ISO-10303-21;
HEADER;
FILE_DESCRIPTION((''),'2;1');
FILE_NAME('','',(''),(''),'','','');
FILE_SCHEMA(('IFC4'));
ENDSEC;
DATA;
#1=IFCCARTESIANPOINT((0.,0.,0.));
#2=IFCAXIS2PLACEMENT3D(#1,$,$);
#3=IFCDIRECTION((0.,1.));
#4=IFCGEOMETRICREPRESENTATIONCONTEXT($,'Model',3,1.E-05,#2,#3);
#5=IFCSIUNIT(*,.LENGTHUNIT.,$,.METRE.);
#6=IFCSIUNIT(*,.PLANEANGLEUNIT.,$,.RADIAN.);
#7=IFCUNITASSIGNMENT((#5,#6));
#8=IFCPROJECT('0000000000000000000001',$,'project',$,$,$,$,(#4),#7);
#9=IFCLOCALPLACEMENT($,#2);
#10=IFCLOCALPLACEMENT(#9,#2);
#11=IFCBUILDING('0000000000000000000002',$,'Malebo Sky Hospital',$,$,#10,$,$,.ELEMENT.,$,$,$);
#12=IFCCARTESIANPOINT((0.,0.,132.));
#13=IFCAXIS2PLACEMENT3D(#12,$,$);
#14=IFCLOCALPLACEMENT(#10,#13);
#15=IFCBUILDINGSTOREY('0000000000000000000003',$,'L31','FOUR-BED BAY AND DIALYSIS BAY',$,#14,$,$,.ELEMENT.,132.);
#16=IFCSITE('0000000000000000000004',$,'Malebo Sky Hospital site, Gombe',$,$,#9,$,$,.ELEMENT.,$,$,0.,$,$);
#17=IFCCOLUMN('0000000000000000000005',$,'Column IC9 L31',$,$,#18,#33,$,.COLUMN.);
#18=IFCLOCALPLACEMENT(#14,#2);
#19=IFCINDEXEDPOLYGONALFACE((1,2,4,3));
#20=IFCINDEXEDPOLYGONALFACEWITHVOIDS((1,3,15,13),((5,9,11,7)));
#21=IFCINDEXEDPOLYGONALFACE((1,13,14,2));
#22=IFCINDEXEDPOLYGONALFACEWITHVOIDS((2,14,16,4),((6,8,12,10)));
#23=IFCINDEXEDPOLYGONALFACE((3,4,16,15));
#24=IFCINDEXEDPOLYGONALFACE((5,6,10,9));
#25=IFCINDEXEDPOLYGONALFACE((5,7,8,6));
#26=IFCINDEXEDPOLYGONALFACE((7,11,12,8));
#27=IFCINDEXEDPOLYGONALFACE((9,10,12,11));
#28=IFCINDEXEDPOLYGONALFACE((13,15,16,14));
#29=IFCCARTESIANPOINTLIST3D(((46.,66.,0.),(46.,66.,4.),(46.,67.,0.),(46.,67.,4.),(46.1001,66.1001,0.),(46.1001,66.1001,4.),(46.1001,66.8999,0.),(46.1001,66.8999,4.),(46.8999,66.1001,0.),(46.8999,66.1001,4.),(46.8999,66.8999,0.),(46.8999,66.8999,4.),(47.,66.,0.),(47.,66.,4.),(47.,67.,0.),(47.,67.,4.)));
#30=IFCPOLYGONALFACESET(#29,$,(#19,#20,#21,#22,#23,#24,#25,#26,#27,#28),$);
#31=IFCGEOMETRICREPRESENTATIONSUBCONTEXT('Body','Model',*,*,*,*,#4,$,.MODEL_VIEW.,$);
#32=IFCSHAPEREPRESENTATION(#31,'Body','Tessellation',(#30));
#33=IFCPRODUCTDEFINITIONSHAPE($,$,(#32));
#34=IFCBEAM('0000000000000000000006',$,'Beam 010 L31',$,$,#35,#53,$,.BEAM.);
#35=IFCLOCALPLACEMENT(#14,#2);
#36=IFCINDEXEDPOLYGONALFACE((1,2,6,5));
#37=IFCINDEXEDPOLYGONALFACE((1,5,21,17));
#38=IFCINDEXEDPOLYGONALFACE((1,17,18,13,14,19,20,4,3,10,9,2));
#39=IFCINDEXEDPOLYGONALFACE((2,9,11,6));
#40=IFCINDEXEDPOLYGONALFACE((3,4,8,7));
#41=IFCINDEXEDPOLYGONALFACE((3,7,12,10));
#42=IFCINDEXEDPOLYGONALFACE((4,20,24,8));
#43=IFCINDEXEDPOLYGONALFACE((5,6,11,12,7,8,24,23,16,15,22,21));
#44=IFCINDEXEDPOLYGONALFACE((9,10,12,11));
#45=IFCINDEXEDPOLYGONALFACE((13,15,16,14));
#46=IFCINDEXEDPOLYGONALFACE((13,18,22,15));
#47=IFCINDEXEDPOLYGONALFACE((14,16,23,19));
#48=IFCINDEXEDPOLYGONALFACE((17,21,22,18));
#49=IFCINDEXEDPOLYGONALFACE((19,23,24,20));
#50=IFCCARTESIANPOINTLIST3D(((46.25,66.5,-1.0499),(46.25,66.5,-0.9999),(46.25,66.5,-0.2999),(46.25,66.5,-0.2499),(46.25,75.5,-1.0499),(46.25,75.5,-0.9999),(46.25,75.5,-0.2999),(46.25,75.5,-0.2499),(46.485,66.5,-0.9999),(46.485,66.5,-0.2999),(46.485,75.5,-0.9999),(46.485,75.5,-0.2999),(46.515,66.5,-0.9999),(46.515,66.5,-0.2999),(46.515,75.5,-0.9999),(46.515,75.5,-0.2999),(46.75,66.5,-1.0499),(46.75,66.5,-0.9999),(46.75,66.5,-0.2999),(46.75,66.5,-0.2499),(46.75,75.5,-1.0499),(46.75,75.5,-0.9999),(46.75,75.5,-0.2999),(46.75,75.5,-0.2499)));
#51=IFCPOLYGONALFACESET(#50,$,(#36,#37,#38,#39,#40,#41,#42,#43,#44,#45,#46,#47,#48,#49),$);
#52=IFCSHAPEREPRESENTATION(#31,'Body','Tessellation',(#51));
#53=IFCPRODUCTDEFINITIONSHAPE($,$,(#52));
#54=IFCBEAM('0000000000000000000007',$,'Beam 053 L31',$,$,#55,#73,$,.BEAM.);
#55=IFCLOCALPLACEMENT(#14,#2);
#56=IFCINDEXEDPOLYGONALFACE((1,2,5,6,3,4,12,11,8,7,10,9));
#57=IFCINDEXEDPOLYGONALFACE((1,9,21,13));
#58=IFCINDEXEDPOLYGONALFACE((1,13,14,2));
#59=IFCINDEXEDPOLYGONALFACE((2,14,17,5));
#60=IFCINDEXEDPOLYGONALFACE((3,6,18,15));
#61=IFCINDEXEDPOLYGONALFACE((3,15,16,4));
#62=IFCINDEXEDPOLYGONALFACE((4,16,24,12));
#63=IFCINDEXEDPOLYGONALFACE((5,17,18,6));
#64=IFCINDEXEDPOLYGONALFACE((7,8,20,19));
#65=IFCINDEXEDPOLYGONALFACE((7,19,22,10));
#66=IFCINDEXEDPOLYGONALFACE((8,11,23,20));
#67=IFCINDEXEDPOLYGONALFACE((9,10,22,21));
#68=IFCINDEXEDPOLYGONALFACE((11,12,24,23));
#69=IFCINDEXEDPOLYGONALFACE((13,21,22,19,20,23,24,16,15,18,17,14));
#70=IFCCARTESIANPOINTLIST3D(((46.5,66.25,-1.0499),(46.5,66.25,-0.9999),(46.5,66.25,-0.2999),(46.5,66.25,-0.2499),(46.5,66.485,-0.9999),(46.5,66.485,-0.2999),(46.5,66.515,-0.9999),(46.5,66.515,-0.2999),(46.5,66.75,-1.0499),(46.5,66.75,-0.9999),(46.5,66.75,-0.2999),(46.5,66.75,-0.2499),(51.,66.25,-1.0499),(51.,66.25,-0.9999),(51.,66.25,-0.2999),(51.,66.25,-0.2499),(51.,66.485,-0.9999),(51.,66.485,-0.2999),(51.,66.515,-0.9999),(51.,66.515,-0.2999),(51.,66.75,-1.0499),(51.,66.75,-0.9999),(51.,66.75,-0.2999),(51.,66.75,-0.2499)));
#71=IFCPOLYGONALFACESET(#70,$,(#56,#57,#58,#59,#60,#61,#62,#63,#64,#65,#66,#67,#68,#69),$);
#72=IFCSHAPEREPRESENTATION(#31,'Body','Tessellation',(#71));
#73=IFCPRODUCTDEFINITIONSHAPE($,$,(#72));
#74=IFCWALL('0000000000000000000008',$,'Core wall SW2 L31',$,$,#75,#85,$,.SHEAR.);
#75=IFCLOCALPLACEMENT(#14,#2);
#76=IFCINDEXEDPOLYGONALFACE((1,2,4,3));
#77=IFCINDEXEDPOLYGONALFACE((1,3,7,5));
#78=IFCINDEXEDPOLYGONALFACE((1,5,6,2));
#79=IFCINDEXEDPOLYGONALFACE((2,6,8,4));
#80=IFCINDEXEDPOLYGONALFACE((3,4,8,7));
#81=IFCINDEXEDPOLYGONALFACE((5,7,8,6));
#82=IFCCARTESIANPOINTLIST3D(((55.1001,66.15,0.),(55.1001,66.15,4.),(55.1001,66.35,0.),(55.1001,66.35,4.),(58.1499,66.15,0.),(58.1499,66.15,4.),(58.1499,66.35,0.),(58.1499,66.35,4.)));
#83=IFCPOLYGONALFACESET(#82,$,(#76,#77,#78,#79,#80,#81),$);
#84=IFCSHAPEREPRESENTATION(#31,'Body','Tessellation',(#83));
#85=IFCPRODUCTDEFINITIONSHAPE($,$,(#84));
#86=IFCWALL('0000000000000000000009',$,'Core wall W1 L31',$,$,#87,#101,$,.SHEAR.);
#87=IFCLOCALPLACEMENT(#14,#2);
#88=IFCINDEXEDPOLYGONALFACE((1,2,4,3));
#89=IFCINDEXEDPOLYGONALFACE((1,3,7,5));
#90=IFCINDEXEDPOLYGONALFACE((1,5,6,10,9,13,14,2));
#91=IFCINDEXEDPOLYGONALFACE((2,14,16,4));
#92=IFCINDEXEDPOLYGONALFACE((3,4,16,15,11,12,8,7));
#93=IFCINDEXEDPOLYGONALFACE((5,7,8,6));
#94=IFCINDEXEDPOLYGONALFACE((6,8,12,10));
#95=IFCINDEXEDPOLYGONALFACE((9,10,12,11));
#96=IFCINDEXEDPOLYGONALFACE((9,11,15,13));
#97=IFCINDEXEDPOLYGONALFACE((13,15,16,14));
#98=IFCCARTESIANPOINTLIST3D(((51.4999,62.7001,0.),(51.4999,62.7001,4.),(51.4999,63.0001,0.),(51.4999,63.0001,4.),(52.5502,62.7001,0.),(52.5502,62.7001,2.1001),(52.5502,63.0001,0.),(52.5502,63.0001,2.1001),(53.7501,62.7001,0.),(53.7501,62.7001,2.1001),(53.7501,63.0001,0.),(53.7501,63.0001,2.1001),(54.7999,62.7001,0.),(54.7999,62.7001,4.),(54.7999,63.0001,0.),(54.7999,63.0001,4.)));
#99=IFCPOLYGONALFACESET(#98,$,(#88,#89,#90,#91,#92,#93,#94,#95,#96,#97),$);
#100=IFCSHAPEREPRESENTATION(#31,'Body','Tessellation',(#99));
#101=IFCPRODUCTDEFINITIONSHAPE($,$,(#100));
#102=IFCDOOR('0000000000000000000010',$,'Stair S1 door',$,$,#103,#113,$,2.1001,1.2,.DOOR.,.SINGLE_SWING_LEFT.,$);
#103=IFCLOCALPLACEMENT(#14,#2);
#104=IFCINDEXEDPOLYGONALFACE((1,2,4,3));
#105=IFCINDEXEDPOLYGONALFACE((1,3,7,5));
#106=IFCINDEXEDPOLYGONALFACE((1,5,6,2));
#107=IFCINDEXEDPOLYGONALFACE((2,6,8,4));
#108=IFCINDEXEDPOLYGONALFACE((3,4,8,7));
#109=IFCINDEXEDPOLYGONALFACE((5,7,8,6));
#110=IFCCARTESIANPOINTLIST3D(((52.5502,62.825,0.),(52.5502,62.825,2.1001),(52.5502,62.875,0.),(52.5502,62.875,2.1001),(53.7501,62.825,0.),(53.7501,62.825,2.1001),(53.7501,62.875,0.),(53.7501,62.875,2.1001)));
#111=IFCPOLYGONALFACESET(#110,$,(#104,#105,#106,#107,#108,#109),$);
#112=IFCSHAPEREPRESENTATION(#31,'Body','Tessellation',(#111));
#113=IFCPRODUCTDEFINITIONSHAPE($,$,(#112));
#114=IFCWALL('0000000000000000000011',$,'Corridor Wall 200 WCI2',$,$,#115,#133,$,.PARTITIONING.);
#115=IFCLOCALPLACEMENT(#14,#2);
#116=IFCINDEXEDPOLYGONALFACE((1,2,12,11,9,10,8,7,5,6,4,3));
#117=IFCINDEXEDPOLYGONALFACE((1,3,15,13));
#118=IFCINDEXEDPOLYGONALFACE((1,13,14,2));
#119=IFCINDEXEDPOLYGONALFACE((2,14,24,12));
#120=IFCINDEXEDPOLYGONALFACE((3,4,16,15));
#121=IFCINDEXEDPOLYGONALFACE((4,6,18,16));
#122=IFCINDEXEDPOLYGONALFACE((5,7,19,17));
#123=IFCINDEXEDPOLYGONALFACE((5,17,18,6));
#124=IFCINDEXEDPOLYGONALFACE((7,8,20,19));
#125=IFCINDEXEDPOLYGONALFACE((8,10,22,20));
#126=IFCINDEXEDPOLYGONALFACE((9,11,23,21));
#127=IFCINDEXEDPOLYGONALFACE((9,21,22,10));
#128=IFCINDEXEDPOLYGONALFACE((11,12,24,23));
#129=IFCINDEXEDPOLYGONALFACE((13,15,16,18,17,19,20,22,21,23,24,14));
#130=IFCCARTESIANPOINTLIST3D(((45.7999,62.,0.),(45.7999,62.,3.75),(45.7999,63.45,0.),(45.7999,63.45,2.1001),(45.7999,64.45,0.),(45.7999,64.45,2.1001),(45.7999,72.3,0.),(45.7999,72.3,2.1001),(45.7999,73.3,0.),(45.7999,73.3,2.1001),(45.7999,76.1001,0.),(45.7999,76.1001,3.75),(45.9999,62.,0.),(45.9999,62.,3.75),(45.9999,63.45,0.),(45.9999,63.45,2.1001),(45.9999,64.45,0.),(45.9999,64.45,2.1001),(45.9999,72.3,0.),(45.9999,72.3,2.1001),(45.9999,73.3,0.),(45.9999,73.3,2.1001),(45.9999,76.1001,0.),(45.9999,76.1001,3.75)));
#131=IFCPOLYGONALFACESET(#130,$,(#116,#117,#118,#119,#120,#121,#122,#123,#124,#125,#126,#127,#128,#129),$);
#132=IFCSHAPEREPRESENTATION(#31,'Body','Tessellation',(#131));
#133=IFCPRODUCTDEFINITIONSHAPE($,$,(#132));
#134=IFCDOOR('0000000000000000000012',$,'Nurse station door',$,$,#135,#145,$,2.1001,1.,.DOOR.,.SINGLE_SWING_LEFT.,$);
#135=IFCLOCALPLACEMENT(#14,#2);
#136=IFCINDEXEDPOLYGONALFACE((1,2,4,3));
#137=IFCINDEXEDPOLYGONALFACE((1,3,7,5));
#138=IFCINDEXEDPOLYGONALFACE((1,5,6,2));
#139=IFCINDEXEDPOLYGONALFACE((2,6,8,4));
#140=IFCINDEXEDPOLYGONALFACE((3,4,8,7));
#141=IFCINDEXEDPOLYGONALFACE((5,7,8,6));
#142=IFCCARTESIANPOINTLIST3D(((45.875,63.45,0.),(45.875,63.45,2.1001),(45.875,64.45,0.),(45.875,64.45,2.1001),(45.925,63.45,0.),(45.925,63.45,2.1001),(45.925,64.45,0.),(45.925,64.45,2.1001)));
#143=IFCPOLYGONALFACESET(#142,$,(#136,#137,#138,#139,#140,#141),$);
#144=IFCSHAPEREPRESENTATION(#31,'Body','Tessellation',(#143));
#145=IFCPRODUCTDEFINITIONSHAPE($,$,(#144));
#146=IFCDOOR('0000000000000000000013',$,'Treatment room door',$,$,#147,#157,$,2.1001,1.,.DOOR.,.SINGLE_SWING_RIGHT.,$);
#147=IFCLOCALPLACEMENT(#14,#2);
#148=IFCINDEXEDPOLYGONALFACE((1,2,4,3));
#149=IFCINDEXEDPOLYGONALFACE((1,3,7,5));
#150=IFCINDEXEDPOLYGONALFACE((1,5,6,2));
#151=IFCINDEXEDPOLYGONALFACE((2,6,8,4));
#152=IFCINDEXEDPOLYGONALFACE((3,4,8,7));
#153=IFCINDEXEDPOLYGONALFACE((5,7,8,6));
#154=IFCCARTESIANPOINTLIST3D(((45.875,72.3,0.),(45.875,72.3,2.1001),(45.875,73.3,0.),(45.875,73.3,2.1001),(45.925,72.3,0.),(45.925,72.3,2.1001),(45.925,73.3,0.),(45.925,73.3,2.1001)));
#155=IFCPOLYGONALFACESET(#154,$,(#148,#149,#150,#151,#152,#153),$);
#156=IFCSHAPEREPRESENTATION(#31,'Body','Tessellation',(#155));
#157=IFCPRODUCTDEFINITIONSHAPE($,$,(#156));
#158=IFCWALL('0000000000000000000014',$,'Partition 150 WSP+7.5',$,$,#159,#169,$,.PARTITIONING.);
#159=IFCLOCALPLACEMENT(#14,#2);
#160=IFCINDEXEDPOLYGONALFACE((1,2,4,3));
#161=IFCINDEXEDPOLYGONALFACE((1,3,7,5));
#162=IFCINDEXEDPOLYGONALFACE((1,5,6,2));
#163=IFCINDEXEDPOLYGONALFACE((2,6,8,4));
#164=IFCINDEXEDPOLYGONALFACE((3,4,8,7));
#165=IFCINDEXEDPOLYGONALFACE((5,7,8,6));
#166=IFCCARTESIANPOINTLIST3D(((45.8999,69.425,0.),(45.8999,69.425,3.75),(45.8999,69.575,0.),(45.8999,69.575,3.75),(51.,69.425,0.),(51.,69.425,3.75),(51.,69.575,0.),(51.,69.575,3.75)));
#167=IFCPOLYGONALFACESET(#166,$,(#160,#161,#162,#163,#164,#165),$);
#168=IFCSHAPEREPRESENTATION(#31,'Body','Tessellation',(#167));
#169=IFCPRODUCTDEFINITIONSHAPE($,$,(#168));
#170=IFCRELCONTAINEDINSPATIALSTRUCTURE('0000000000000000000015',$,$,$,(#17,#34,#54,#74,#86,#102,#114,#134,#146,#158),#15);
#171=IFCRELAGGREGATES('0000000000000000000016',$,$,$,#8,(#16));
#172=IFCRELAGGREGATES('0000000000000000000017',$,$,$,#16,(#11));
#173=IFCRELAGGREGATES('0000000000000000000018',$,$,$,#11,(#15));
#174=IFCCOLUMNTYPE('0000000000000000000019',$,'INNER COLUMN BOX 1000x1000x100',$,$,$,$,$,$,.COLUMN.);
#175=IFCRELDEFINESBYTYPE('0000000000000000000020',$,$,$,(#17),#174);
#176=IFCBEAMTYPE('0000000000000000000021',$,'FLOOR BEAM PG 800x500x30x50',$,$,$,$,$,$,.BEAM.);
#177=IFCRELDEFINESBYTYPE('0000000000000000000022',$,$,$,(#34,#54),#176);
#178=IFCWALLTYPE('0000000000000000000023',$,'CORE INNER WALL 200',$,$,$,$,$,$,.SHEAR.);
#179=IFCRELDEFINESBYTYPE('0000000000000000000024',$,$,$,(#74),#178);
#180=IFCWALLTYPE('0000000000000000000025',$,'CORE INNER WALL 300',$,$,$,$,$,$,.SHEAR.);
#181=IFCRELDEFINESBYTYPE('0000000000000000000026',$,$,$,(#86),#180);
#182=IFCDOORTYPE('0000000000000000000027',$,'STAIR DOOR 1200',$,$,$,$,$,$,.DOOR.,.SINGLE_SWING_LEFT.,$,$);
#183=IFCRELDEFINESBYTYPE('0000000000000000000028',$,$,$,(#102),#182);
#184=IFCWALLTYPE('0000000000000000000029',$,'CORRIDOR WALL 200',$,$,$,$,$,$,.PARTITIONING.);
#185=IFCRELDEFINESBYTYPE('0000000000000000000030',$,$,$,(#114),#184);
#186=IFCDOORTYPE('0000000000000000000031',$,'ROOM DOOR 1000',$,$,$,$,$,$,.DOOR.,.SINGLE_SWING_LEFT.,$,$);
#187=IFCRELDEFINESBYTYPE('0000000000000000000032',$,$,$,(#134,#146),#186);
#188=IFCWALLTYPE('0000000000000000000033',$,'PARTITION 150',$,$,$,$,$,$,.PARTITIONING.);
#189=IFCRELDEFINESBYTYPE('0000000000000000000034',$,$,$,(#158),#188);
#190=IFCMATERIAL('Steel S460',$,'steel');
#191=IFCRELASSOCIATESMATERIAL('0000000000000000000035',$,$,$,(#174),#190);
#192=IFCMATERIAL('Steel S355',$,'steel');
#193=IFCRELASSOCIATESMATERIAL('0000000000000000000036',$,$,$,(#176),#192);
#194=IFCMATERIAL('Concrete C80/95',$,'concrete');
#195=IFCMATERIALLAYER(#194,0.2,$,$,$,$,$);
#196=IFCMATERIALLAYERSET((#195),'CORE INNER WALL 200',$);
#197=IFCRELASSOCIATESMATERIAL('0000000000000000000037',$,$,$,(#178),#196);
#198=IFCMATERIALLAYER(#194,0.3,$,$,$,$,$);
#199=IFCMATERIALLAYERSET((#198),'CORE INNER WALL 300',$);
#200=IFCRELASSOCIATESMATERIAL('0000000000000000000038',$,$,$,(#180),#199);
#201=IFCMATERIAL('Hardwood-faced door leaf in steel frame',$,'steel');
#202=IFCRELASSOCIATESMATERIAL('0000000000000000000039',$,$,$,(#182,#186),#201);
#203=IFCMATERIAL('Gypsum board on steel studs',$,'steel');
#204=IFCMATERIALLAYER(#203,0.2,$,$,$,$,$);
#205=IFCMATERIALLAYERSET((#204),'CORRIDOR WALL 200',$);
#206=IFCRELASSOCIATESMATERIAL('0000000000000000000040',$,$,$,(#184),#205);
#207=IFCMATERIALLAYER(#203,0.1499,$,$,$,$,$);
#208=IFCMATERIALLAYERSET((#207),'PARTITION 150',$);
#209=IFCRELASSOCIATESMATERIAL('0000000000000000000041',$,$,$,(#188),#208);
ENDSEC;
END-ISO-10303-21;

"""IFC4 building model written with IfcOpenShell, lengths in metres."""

from ifc_helpers import new_model, si_unit, direction, frame, frame_2d, origin, origin_2d, place, context, subcontext, project, spatial, rectangle, hollow_rectangle, i_section, extrude, material, layer, layer_set, material_profile, profile_set, type_object, element, fill, save


model = new_model("IFC4")

# Units and contexts
model_context = context("Model", 3, precision=1e-05, world=origin(), true_north=direction((0.0, 1.0)))
body_context = subcontext(model_context, "Body", "Model", "MODEL_VIEW")
ifc_project = project(units=[si_unit("LENGTHUNIT", "METRE"), si_unit("PLANEANGLEUNIT", "RADIAN")], contexts=[model_context])

# Site, building, storey
site_placement = place(None, origin())
site = spatial("IfcSite", under=ifc_project, at=site_placement, Name="Malebo Sky Hospital site, Gombe", CompositionType="ELEMENT", RefElevation=0.0)
building_placement = place(site_placement, origin())
building = spatial("IfcBuilding", under=site, at=building_placement, Name="Malebo Sky Hospital", CompositionType="ELEMENT")
storey_placement = place(building_placement, frame((0.0, 0.0, 132.0)))
storey = spatial("IfcBuildingStorey", under=building, at=storey_placement, Name="L31", Description="FOUR-BED BAY AND DIALYSIS BAY", CompositionType="ELEMENT", Elevation=132.0)

# Column
ifc_material_1 = material(Name="Steel S460", Category="steel")
ifc_material_profile_1 = material_profile(ifc_material_1, hollow_rectangle(XDim=1.0, YDim=1.0, WallThickness=0.1001, at=origin_2d()), Name="BOX 1000x1000x100")
ifc_profile_set_1 = profile_set([ifc_material_profile_1], Name="Steel S460")
column_type = type_object("IfcColumnType", Name="INNER COLUMN BOX 1000x1000x100", PredefinedType="COLUMN", material=ifc_profile_set_1)
column_placement = place(storey_placement, frame((46.5, 66.5, 0.0), z_axis=(0.0, 0.0, 1.0), x_axis=(1.0, 0.0, 0.0)))
element("IfcColumn", 1, at=column_placement, inside=storey, type_object=column_type, Name="Column IC9 L31", PredefinedType="COLUMN", context=body_context, shape_type="SweptSolid", body=[
    extrude(hollow_rectangle(XDim=1.0, YDim=1.0, WallThickness=0.1001, at=origin_2d()), origin(), (0.0, 0.0, 1.0), 4.0),
])

# Beams
ifc_material_2 = material(Name="Steel S355", Category="steel")
ifc_material_profile_2 = material_profile(ifc_material_2, i_section(OverallWidth=0.5, OverallDepth=0.8, WebThickness=0.03, FlangeThickness=0.05, at=origin_2d()), Name="PG 800x500x30x50")
ifc_profile_set_2 = profile_set([ifc_material_profile_2], Name="Steel S355")
beam_type = type_object("IfcBeamType", Name="FLOOR BEAM PG 800x500x30x50", PredefinedType="BEAM", material=ifc_profile_set_2)
beam_1_placement = place(storey_placement, frame((46.5, 66.5, -0.6499), z_axis=(0.0, 1.0, 0.0), x_axis=(-1.0, 0.0, 0.0)))
element("IfcBeam", 2, at=beam_1_placement, inside=storey, type_object=beam_type, Name="Beam 010 L31", PredefinedType="BEAM", context=body_context, shape_type="SweptSolid", body=[
    extrude(i_section(OverallWidth=0.5, OverallDepth=0.8, WebThickness=0.03, FlangeThickness=0.05, at=origin_2d()), origin(), (0.0, 0.0, 1.0), 9.0),
])
beam_2_placement = place(storey_placement, frame((46.5, 66.5, -0.6499), z_axis=(1.0, 0.0, 0.0), x_axis=(0.0, 1.0, 0.0)))
element("IfcBeam", 3, at=beam_2_placement, inside=storey, type_object=beam_type, Name="Beam 053 L31", PredefinedType="BEAM", context=body_context, shape_type="SweptSolid", body=[
    extrude(i_section(OverallWidth=0.5, OverallDepth=0.8, WebThickness=0.03, FlangeThickness=0.05, at=origin_2d()), origin(), (0.0, 0.0, 1.0), 4.5),
])

# Wall
ifc_material_3 = material(Name="Concrete C80/95", Category="concrete")
ifc_layer_1 = layer(ifc_material_3, 0.2)
ifc_layer_set_1 = layer_set([ifc_layer_1], Name="CORE INNER WALL 200")
wall_type_1 = type_object("IfcWallType", Name="CORE INNER WALL 200", PredefinedType="SHEAR", material=ifc_layer_set_1)
wall_1_placement = place(storey_placement, frame((55.1001, 66.25, 0.0), z_axis=(0.0, 0.0, 1.0), x_axis=(1.0, 0.0, 0.0)))
element("IfcWall", 4, at=wall_1_placement, inside=storey, type_object=wall_type_1, Name="Core wall SW2 L31", PredefinedType="SHEAR", context=body_context, shape_type="SweptSolid", body=[
    extrude(rectangle(XDim=3.0498, YDim=0.2, at=frame_2d((1.5249, 0.0))), origin(), (0.0, 0.0, 1.0), 4.0),
])

# Wall, opening, door
ifc_layer_2 = layer(ifc_material_3, 0.3)
ifc_layer_set_2 = layer_set([ifc_layer_2], Name="CORE INNER WALL 300")
wall_type_2 = type_object("IfcWallType", Name="CORE INNER WALL 300", PredefinedType="SHEAR", material=ifc_layer_set_2)
wall_2_placement = place(storey_placement, frame((51.5, 62.8501, 0.0), z_axis=(0.0, 0.0, 1.0), x_axis=(1.0, 0.0, 0.0)))
wall_2 = element("IfcWall", 5, at=wall_2_placement, inside=storey, type_object=wall_type_2, Name="Core wall W1 L31", PredefinedType="SHEAR", context=body_context, shape_type="SweptSolid", body=[
    extrude(rectangle(XDim=3.3, YDim=0.3, at=frame_2d((1.6499, 0.0))), origin(), (0.0, 0.0, 1.0), 4.0),
])
opening_1_placement = place(wall_2_placement, frame((1.05, 0.0, 0.0)))
opening_1 = element("IfcOpeningElement", 6, at=opening_1_placement, cuts=wall_2, PredefinedType="OPENING", context=body_context, shape_type="SweptSolid", body=[
    extrude(rectangle(XDim=1.2, YDim=2.1001, at=frame_2d((0.6001, 1.05))), frame((0.0, 0.1599, 0.0), z_axis=(0.0, -1.0, 0.0), x_axis=(1.0, 0.0, 0.0)), (0.0, 0.0, 1.0), 0.3201),
])
ifc_material_4 = material(Name="Hardwood-faced door leaf in steel frame", Category="steel")
door_type_1 = type_object("IfcDoorType", Name="STAIR DOOR 1200", OperationType="SINGLE_SWING_LEFT", PredefinedType="DOOR", material=ifc_material_4)
door_1_placement = place(opening_1_placement, origin())
door_1 = element("IfcDoor", 7, at=door_1_placement, inside=storey, type_object=door_type_1, Name="Stair S1 door", OperationType="SINGLE_SWING_LEFT", OverallHeight=2.1001, OverallWidth=1.2, PredefinedType="DOOR", context=body_context, shape_type="SweptSolid", body=[
    extrude(rectangle(XDim=1.2, YDim=2.1001, at=frame_2d((0.6001, 1.05))), frame((0.0, 0.0249, 0.0), z_axis=(0.0, -1.0, 0.0), x_axis=(1.0, 0.0, 0.0)), (0.0, 0.0, 1.0), 0.05),
])
fill(opening_1, door_1)

# Wall, openings, doors
ifc_material_5 = material(Name="Gypsum board on steel studs", Category="steel")
ifc_layer_3 = layer(ifc_material_5, 0.2)
ifc_layer_set_3 = layer_set([ifc_layer_3], Name="CORRIDOR WALL 200")
wall_type_3 = type_object("IfcWallType", Name="CORRIDOR WALL 200", PredefinedType="PARTITIONING", material=ifc_layer_set_3)
wall_3_placement = place(storey_placement, frame((45.8999, 62.0, 0.0), z_axis=(0.0, 0.0, 1.0), x_axis=(0.0, 1.0, 0.0)))
wall_3 = element("IfcWall", 8, at=wall_3_placement, inside=storey, type_object=wall_type_3, Name="Corridor Wall 200 WCI2", PredefinedType="PARTITIONING", context=body_context, shape_type="SweptSolid", body=[
    extrude(rectangle(XDim=14.1001, YDim=0.2, at=frame_2d((7.05, 0.0))), origin(), (0.0, 0.0, 1.0), 3.75),
])
opening_2_placement = place(wall_3_placement, frame((1.45, 0.0, 0.0)))
opening_2 = element("IfcOpeningElement", 9, at=opening_2_placement, cuts=wall_3, PredefinedType="OPENING", context=body_context, shape_type="SweptSolid", body=[
    extrude(rectangle(XDim=1.0, YDim=2.1001, at=frame_2d((0.5, 1.05))), frame((0.0, 0.1099, 0.0), z_axis=(0.0, -1.0, 0.0), x_axis=(1.0, 0.0, 0.0)), (0.0, 0.0, 1.0), 0.22),
])
opening_3_placement = place(wall_3_placement, frame((10.3, 0.0, 0.0)))
opening_3 = element("IfcOpeningElement", 10, at=opening_3_placement, cuts=wall_3, PredefinedType="OPENING", context=body_context, shape_type="SweptSolid", body=[
    extrude(rectangle(XDim=1.0, YDim=2.1001, at=frame_2d((0.5, 1.05))), frame((0.0, 0.1099, 0.0), z_axis=(0.0, -1.0, 0.0), x_axis=(1.0, 0.0, 0.0)), (0.0, 0.0, 1.0), 0.22),
])
door_type_2 = type_object("IfcDoorType", Name="ROOM DOOR 1000", OperationType="SINGLE_SWING_LEFT", PredefinedType="DOOR", material=ifc_material_4)
door_2_placement = place(opening_2_placement, origin())
door_2 = element("IfcDoor", 11, at=door_2_placement, inside=storey, type_object=door_type_2, Name="Nurse station door", OperationType="SINGLE_SWING_LEFT", OverallHeight=2.1001, OverallWidth=1.0, PredefinedType="DOOR", context=body_context, shape_type="SweptSolid", body=[
    extrude(rectangle(XDim=1.0, YDim=2.1001, at=frame_2d((0.5, 1.05))), frame((0.0, 0.0249, 0.0), z_axis=(0.0, -1.0, 0.0), x_axis=(1.0, 0.0, 0.0)), (0.0, 0.0, 1.0), 0.05),
])
fill(opening_2, door_2)
door_3_placement = place(opening_3_placement, origin())
door_3 = element("IfcDoor", 12, at=door_3_placement, inside=storey, type_object=door_type_2, Name="Treatment room door", OperationType="SINGLE_SWING_RIGHT", OverallHeight=2.1001, OverallWidth=1.0, PredefinedType="DOOR", context=body_context, shape_type="SweptSolid", body=[
    extrude(rectangle(XDim=1.0, YDim=2.1001, at=frame_2d((0.5, 1.05))), frame((0.0, 0.0249, 0.0), z_axis=(0.0, -1.0, 0.0), x_axis=(1.0, 0.0, 0.0)), (0.0, 0.0, 1.0), 0.05),
])
fill(opening_3, door_3)

# Wall
ifc_layer_4 = layer(ifc_material_5, 0.1499)
ifc_layer_set_4 = layer_set([ifc_layer_4], Name="PARTITION 150")
wall_type_4 = type_object("IfcWallType", Name="PARTITION 150", PredefinedType="PARTITIONING", material=ifc_layer_set_4)
wall_4_placement = place(storey_placement, frame((51.0, 69.5, 0.0), z_axis=(0.0, 0.0, 1.0), x_axis=(-1.0, 0.0, 0.0)))
element("IfcWall", 13, at=wall_4_placement, inside=storey, type_object=wall_type_4, Name="Partition 150 WSP+7.5", PredefinedType="PARTITIONING", context=body_context, shape_type="SweptSolid", body=[
    extrude(rectangle(XDim=5.1001, YDim=0.1499, at=frame_2d((2.55, 0.0))), origin(), (0.0, 0.0, 1.0), 3.75),
])

save(model, "model.ifc")
